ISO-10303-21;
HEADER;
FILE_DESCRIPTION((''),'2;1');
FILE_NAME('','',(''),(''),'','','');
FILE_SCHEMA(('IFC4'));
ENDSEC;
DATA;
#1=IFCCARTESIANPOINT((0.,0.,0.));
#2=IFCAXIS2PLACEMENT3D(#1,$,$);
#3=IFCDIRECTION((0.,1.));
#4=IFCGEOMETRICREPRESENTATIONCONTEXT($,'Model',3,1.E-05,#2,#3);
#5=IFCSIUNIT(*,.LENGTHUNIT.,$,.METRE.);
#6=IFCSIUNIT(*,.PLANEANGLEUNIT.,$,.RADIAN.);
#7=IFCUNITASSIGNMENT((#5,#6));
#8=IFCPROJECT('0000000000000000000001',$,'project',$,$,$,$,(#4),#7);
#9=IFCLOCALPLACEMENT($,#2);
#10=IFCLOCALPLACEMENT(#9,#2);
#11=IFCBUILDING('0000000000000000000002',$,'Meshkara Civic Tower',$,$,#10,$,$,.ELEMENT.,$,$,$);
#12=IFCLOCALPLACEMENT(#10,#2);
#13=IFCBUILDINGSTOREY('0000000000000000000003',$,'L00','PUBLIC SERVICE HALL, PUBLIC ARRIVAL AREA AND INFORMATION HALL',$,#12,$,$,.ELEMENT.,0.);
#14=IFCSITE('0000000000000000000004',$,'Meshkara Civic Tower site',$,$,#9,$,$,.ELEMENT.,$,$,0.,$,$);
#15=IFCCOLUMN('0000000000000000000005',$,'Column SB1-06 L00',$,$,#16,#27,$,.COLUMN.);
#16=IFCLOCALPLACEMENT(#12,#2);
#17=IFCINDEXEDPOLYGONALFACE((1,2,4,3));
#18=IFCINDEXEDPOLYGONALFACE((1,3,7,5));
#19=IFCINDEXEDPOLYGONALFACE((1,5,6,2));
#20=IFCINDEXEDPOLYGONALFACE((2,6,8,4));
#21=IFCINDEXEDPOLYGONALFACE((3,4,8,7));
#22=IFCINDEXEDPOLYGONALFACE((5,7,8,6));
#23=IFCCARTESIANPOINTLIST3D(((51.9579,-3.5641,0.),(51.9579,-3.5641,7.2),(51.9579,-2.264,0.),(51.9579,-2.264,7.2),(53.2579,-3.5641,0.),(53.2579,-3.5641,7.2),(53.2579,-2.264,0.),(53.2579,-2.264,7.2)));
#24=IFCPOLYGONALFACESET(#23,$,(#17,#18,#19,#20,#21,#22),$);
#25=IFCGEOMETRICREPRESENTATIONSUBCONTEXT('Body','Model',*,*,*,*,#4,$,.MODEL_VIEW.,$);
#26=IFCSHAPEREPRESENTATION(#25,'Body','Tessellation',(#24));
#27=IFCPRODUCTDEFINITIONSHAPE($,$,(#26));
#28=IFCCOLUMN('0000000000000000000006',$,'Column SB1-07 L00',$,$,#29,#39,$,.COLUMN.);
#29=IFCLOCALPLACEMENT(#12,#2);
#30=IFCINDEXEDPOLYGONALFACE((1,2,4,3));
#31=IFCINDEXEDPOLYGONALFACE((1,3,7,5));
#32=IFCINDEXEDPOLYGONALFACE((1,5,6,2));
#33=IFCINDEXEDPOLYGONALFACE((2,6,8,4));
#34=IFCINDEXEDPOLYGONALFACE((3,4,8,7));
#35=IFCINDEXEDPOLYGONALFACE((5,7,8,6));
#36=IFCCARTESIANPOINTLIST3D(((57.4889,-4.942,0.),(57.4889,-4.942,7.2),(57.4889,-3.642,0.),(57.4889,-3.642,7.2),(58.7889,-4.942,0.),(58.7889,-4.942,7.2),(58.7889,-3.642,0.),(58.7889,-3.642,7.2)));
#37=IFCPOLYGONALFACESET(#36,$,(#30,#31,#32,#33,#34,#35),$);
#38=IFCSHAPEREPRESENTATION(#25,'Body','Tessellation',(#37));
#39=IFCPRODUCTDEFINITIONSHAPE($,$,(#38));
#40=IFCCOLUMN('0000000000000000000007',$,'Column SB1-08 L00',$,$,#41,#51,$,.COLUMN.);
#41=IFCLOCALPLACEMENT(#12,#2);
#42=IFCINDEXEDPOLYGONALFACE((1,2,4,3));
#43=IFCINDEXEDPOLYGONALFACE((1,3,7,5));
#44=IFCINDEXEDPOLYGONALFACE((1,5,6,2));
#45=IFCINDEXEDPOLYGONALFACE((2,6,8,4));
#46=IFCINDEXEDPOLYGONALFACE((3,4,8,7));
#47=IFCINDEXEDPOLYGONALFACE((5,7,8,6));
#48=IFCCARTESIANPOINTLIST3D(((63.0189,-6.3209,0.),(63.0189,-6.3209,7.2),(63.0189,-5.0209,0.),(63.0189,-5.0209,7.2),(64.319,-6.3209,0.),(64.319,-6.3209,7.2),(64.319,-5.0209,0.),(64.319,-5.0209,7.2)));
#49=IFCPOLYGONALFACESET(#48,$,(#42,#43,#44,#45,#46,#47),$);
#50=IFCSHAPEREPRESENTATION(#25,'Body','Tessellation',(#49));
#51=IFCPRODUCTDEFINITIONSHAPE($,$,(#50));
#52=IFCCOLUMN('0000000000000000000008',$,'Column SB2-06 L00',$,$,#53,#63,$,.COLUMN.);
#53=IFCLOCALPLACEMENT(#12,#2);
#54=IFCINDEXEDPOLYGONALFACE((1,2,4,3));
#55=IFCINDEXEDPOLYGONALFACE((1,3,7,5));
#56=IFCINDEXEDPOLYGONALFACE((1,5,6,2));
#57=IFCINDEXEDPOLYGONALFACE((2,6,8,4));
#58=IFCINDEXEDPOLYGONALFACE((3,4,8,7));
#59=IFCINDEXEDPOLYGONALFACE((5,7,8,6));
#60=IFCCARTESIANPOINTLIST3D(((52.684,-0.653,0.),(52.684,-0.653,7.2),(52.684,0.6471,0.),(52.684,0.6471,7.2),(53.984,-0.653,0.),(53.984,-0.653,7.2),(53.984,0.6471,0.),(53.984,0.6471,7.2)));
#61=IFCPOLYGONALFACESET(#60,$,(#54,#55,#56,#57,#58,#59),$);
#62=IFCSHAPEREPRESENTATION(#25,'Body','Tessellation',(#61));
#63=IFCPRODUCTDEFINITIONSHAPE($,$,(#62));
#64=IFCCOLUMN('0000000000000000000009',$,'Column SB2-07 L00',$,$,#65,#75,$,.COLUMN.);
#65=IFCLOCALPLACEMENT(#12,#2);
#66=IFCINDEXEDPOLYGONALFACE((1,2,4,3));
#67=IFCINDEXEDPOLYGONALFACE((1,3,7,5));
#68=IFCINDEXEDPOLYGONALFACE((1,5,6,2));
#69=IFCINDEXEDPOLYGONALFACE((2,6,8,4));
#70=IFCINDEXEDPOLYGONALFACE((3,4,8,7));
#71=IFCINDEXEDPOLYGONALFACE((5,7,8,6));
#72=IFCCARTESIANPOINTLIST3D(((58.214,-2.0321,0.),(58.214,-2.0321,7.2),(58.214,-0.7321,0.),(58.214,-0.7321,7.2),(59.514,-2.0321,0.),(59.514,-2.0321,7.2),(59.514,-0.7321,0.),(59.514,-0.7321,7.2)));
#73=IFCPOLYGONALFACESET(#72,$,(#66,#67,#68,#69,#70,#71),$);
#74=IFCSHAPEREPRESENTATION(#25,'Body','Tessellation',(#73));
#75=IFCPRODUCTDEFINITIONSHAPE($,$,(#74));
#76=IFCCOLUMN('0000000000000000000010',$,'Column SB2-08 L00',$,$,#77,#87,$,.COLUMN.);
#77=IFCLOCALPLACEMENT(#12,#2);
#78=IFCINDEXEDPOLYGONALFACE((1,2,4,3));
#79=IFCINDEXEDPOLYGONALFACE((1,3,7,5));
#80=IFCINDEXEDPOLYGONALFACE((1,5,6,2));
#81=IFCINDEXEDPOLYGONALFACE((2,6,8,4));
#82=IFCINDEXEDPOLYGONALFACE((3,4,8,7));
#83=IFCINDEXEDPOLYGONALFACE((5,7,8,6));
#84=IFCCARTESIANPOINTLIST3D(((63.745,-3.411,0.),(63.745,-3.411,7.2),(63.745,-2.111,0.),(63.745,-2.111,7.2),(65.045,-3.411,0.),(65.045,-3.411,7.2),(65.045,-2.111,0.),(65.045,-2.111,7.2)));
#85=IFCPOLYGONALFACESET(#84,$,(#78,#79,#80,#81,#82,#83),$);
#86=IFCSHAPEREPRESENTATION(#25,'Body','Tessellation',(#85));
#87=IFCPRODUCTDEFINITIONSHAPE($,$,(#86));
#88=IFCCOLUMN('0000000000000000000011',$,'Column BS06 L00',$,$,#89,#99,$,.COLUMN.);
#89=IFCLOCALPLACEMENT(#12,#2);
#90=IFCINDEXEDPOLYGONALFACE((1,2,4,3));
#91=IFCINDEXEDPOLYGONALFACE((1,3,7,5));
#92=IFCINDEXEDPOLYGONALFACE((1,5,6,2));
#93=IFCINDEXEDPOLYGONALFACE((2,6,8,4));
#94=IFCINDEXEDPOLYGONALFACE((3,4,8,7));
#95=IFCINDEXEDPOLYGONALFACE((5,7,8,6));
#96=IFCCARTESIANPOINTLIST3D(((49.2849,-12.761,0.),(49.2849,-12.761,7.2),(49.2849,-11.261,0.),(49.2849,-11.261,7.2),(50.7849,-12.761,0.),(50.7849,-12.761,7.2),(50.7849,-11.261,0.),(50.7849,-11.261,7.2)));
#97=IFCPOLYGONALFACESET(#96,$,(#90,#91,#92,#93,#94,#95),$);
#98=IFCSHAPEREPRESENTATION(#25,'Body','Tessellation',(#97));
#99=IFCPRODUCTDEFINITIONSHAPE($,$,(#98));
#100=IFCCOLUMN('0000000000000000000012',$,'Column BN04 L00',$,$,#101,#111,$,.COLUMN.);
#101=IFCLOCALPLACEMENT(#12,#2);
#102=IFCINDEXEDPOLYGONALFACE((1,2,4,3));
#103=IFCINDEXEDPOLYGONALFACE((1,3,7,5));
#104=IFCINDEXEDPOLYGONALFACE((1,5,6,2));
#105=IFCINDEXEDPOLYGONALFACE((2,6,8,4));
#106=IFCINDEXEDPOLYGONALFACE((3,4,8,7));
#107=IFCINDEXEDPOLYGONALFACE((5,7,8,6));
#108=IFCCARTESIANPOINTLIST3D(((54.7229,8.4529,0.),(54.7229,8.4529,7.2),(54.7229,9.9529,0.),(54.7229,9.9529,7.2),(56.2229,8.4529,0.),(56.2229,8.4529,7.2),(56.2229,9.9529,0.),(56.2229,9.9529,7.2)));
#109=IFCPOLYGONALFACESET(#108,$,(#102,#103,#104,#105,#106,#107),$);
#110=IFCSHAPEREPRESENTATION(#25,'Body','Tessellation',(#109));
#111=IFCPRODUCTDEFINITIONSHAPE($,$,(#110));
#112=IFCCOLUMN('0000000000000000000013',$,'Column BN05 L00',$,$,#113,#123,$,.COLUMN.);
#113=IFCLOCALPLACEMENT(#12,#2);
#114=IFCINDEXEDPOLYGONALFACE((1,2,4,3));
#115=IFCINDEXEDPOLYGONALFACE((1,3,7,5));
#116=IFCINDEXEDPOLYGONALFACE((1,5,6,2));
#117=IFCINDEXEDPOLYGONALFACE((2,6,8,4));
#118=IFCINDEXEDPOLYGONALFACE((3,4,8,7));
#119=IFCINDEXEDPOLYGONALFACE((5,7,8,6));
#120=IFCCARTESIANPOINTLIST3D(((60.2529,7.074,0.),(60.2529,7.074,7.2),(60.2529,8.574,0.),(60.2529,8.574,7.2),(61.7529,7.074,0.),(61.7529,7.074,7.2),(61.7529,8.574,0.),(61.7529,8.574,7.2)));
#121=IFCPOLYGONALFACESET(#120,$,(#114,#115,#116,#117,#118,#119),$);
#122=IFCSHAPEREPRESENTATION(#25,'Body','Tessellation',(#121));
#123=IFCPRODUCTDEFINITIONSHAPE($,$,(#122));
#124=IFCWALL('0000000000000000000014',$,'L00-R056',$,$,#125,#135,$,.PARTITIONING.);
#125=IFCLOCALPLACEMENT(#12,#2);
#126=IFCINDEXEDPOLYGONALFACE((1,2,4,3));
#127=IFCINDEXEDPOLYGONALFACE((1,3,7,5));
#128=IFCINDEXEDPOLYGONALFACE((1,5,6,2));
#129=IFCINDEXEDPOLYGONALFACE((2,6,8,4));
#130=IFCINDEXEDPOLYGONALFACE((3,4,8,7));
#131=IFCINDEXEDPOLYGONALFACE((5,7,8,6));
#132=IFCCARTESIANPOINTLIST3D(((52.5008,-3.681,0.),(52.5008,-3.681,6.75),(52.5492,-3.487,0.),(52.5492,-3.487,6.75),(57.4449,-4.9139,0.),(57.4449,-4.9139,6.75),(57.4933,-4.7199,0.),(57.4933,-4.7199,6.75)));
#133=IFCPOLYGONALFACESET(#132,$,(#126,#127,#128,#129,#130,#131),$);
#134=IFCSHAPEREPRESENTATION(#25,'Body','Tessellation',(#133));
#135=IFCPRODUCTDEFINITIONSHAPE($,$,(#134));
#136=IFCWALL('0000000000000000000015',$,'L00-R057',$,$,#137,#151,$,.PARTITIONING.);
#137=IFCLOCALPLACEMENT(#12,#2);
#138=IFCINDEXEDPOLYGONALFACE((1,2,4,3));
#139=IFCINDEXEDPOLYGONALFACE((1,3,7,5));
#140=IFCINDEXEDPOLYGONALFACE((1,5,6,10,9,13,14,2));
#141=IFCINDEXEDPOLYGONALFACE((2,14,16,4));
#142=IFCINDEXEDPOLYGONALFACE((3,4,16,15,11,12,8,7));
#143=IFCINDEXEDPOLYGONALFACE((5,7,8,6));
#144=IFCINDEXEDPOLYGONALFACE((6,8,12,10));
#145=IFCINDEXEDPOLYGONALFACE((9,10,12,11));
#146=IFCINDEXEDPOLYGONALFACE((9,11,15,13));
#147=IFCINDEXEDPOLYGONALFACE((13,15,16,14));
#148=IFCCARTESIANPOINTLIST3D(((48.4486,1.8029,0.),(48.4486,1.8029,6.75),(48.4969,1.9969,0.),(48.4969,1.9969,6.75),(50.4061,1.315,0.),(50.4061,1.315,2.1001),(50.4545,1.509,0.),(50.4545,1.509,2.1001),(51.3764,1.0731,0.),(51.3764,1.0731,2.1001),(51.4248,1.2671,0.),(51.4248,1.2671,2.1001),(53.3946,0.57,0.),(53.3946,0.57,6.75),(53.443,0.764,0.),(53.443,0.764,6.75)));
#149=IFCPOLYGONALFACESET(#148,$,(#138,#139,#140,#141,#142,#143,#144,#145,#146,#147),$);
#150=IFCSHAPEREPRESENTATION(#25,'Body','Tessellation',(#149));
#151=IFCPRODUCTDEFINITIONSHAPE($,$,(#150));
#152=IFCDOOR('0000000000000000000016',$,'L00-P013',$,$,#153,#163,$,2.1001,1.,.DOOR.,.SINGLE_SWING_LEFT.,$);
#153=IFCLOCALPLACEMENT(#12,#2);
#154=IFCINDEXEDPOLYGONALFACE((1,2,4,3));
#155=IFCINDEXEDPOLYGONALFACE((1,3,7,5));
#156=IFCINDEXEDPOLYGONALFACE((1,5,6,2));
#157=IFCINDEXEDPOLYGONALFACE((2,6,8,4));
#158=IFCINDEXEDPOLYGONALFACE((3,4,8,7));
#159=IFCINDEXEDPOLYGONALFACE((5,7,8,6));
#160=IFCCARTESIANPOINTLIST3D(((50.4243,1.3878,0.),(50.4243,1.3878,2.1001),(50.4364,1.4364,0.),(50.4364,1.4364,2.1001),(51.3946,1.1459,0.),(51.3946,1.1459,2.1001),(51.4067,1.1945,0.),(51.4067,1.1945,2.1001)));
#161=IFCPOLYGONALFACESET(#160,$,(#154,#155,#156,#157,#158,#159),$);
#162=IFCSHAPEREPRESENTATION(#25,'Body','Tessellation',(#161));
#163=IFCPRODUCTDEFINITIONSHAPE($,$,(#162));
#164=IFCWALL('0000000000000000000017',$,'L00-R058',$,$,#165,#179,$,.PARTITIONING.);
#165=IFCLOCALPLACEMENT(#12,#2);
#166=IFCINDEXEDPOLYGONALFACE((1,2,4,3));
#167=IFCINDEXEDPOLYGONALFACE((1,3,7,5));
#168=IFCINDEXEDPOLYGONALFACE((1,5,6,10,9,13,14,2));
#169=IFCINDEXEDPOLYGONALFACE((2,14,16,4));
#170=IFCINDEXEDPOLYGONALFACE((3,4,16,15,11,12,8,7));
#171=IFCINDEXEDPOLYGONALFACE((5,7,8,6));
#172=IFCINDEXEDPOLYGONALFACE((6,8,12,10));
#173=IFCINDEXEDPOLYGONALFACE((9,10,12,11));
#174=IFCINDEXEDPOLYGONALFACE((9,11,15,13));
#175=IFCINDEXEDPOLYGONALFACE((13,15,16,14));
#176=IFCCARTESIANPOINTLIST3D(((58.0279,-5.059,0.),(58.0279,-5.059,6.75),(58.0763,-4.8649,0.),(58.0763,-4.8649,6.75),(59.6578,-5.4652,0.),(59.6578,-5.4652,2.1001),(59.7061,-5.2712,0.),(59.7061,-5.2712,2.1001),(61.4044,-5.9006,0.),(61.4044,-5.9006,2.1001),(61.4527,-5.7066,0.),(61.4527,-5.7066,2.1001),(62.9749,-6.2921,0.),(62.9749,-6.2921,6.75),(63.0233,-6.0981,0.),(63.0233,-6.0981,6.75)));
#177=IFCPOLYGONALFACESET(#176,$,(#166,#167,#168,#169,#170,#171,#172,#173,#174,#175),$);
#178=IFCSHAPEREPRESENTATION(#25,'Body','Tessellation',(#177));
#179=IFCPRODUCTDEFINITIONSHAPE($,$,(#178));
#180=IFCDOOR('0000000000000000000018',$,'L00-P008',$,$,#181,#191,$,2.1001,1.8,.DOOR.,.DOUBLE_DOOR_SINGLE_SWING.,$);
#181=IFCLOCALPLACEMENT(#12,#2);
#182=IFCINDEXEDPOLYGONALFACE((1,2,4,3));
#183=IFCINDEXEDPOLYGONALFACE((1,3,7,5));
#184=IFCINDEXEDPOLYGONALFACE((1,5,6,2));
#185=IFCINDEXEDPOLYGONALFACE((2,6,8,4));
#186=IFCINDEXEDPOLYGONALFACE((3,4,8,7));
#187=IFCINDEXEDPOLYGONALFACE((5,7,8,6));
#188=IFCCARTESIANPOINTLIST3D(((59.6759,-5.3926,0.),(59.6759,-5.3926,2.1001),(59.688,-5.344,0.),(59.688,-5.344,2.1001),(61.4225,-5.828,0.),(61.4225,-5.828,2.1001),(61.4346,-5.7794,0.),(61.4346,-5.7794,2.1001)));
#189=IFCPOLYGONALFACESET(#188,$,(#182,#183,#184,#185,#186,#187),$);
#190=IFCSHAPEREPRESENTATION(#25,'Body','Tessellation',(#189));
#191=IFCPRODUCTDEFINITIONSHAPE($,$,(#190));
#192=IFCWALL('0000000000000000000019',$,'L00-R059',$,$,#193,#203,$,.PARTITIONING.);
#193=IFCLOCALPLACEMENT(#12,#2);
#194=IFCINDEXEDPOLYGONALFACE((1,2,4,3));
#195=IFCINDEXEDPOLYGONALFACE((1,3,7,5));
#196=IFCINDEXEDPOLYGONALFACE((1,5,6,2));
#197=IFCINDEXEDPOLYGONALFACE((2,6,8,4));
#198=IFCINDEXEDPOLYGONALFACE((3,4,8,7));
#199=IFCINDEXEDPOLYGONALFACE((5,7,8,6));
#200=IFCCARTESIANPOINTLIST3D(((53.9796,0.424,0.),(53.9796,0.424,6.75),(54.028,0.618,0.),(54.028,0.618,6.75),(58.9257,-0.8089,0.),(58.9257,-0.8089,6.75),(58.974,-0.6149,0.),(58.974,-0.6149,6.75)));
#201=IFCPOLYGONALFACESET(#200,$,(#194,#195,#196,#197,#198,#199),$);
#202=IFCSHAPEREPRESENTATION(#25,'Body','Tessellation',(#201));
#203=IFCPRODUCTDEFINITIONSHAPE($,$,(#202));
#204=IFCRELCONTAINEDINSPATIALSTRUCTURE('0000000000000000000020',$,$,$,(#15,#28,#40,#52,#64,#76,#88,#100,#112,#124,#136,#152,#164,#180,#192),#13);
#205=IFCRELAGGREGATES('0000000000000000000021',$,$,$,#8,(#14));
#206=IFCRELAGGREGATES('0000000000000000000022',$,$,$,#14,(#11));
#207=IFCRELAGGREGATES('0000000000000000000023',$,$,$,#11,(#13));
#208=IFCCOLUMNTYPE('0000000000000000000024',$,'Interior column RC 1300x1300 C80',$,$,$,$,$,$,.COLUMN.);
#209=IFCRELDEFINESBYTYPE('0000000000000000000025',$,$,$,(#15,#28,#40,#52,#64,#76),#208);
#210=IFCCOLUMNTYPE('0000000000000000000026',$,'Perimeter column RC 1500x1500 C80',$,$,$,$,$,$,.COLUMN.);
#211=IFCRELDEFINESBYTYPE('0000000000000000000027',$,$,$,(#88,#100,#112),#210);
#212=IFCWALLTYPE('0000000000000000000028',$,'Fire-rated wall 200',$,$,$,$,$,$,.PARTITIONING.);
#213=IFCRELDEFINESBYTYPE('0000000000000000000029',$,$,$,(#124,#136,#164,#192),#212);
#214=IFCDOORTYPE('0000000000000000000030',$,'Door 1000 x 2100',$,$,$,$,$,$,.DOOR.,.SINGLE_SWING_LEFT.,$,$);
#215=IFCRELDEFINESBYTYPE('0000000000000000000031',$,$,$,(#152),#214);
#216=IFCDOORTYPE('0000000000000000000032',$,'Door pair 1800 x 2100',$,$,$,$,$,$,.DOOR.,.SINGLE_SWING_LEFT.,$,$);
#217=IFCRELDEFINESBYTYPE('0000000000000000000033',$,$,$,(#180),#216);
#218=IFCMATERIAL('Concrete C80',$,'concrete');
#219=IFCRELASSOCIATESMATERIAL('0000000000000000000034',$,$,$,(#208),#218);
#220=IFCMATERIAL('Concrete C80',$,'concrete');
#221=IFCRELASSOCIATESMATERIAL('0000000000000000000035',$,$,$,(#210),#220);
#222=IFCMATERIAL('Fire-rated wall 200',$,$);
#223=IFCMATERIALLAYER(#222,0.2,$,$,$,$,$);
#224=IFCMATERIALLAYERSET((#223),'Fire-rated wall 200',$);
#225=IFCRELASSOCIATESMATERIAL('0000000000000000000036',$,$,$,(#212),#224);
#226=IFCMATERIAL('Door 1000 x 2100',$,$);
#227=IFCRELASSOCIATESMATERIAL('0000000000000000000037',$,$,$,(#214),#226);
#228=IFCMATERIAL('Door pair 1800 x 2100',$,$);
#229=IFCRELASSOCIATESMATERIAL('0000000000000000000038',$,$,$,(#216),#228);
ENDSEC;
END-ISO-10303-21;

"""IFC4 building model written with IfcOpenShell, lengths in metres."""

from ifc_helpers import new_model, si_unit, direction, frame, frame_2d, origin, origin_2d, place, context, subcontext, project, spatial, rectangle, extrude, material, layer, layer_set, material_profile, profile_set, type_object, element, fill, save


model = new_model("IFC4")

# Units and contexts
model_context = context("Model", 3, precision=1e-05, world=origin(), true_north=direction((0.0, 1.0)))
body_context = subcontext(model_context, "Body", "Model", "MODEL_VIEW")
ifc_project = project(units=[si_unit("LENGTHUNIT", "METRE"), si_unit("PLANEANGLEUNIT", "RADIAN")], contexts=[model_context])

# Site, building, storey
site_placement = place(None, origin())
site = spatial("IfcSite", under=ifc_project, at=site_placement, Name="Meshkara Civic Tower site", CompositionType="ELEMENT", RefElevation=0.0)
building_placement = place(site_placement, origin())
building = spatial("IfcBuilding", under=site, at=building_placement, Name="Meshkara Civic Tower", CompositionType="ELEMENT")
storey_placement = place(building_placement, origin())
storey = spatial("IfcBuildingStorey", under=building, at=storey_placement, Name="L00", Description="PUBLIC SERVICE HALL, PUBLIC ARRIVAL AREA AND INFORMATION HALL", CompositionType="ELEMENT", Elevation=0.0)

# Columns
ifc_material_1 = material(Name="Concrete C80", Category="concrete")
ifc_material_profile_1 = material_profile(ifc_material_1, rectangle(XDim=1.3, YDim=1.3, at=origin_2d()))
ifc_profile_set_1 = profile_set([ifc_material_profile_1], Name="Concrete C80")
column_type_1 = type_object("IfcColumnType", Name="Interior column RC 1300x1300 C80", PredefinedType="COLUMN", material=ifc_profile_set_1)
for number, where, z_axis, x_axis, name in (
    (1, (52.6079, -2.9141, 0.0), (0.0, 0.0, 1.0), (1.0, 0.0, 0.0), "Column SB1-06 L00"),
    (2, (58.1389, -4.292, 0.0), (0.0, 0.0, 1.0), (1.0, 0.0, 0.0), "Column SB1-07 L00"),
    (3, (63.6689, -5.6709, 0.0), (0.0, 0.0, 1.0), (1.0, 0.0, 0.0), "Column SB1-08 L00"),
    (4, (53.334, -0.0029, 0.0), (0.0, 0.0, 1.0), (1.0, 0.0, 0.0), "Column SB2-06 L00"),
    (5, (58.864, -1.3821, 0.0), (0.0, 0.0, 1.0), (1.0, 0.0, 0.0), "Column SB2-07 L00"),
    (6, (64.395, -2.761, 0.0), (0.0, 0.0, 1.0), (1.0, 0.0, 0.0), "Column SB2-08 L00"),
):
    element("IfcColumn", number, at=place(storey_placement, frame(where, z_axis=z_axis, x_axis=x_axis)), inside=storey, type_object=column_type_1, Name=name, PredefinedType="COLUMN", context=body_context, shape_type="SweptSolid", body=[
        extrude(rectangle(XDim=1.3, YDim=1.3, at=origin_2d()), origin(), (0.0, 0.0, 1.0), 7.2),
    ])
ifc_material_2 = material(Name="Concrete C80", Category="concrete")
ifc_material_profile_2 = material_profile(ifc_material_2, rectangle(XDim=1.5, YDim=1.5, at=origin_2d()))
ifc_profile_set_2 = profile_set([ifc_material_profile_2], Name="Concrete C80")
column_type_2 = type_object("IfcColumnType", Name="Perimeter column RC 1500x1500 C80", PredefinedType="COLUMN", material=ifc_profile_set_2)
for number, where, z_axis, x_axis, name in (
    (7, (50.0349, -12.011, 0.0), (0.0, 0.0, 1.0), (1.0, 0.0, 0.0), "Column BS06 L00"),
    (8, (55.4729, 9.2029, 0.0), (0.0, 0.0, 1.0), (1.0, 0.0, 0.0), "Column BN04 L00"),
    (9, (61.0029, 7.824, 0.0), (0.0, 0.0, 1.0), (1.0, 0.0, 0.0), "Column BN05 L00"),
):
    element("IfcColumn", number, at=place(storey_placement, frame(where, z_axis=z_axis, x_axis=x_axis)), inside=storey, type_object=column_type_2, Name=name, PredefinedType="COLUMN", context=body_context, shape_type="SweptSolid", body=[
        extrude(rectangle(XDim=1.5, YDim=1.5, at=origin_2d()), origin(), (0.0, 0.0, 1.0), 7.2),
    ])

# Wall
ifc_material_3 = material(Name="Fire-rated wall 200")
ifc_layer_1 = layer(ifc_material_3, 0.2)
ifc_layer_set_1 = layer_set([ifc_layer_1], Name="Fire-rated wall 200")
wall_type_1 = type_object("IfcWallType", Name="Fire-rated wall 200", PredefinedType="PARTITIONING", material=ifc_layer_set_1)
wall_1_placement = place(storey_placement, frame((52.5249, -3.584, 0.0), z_axis=(0.0, 0.0, 1.0), x_axis=(0.970286, -0.241961, 0.0)))
element("IfcWall", 10, at=wall_1_placement, inside=storey, type_object=wall_type_1, Name="L00-R056", PredefinedType="PARTITIONING", context=body_context, shape_type="SweptSolid", body=[
    extrude(rectangle(XDim=5.0955, YDim=0.2, at=frame_2d((2.5479, 0.0))), origin(), (0.0, 0.0, 1.0), 6.75),
])

# Walls, openings, doors
wall_2_placement = place(storey_placement, frame((53.4189, 0.667, 0.0), z_axis=(0.0, 0.0, 1.0), x_axis=(-0.970308, 0.241871, 0.0)))
wall_2 = element("IfcWall", 11, at=wall_2_placement, inside=storey, type_object=wall_type_1, Name="L00-R057", PredefinedType="PARTITIONING", context=body_context, shape_type="SweptSolid", body=[
    extrude(rectangle(XDim=5.0974, YDim=0.2, at=frame_2d((2.5488, 0.0))), origin(), (0.0, 0.0, 1.0), 6.75),
])
opening_1_placement = place(wall_2_placement, frame((2.0801, 0.0, 0.0)))
opening_1 = element("IfcOpeningElement", 12, at=opening_1_placement, cuts=wall_2, PredefinedType="OPENING", context=body_context, shape_type="SweptSolid", body=[
    extrude(rectangle(XDim=1.0, YDim=2.1001, at=frame_2d((0.5, 1.05))), frame((0.0, 0.1099, 0.0), z_axis=(0.0, -1.0, 0.0), x_axis=(1.0, 0.0, 0.0)), (0.0, 0.0, 1.0), 0.22),
])
ifc_material_4 = material(Name="Door 1000 x 2100")
door_type_1 = type_object("IfcDoorType", Name="Door 1000 x 2100", OperationType="SINGLE_SWING_LEFT", PredefinedType="DOOR", material=ifc_material_4)
door_1_placement = place(opening_1_placement, origin())
door_1 = element("IfcDoor", 13, at=door_1_placement, inside=storey, type_object=door_type_1, Name="L00-P013", OperationType="SINGLE_SWING_LEFT", OverallHeight=2.1001, OverallWidth=1.0, PredefinedType="DOOR", context=body_context, shape_type="SweptSolid", body=[
    extrude(rectangle(XDim=1.0, YDim=2.1001, at=frame_2d((0.5, 1.05))), frame((0.0, 0.0249, 0.0), z_axis=(0.0, -1.0, 0.0), x_axis=(1.0, 0.0, 0.0)), (0.0, 0.0, 1.0), 0.05),
])
fill(opening_1, door_1)
wall_3_placement = place(storey_placement, frame((58.052, -4.9619, 0.0), z_axis=(0.0, 0.0, 1.0), x_axis=(0.970308, -0.241871, 0.0)))
wall_3 = element("IfcWall", 14, at=wall_3_placement, inside=storey, type_object=wall_type_1, Name="L00-R058", PredefinedType="PARTITIONING", context=body_context, shape_type="SweptSolid", body=[
    extrude(rectangle(XDim=5.0984, YDim=0.2, at=frame_2d((2.5493, 0.0))), origin(), (0.0, 0.0, 1.0), 6.75),
])
opening_2_placement = place(wall_3_placement, frame((1.6799, 0.0, 0.0)))
opening_2 = element("IfcOpeningElement", 15, at=opening_2_placement, cuts=wall_3, PredefinedType="OPENING", context=body_context, shape_type="SweptSolid", body=[
    extrude(rectangle(XDim=1.8, YDim=2.1001, at=frame_2d((0.8999, 1.05))), frame((0.0, 0.1099, 0.0), z_axis=(0.0, -1.0, 0.0), x_axis=(1.0, 0.0, 0.0)), (0.0, 0.0, 1.0), 0.22),
])
ifc_material_5 = material(Name="Door pair 1800 x 2100")
door_type_2 = type_object("IfcDoorType", Name="Door pair 1800 x 2100", OperationType="SINGLE_SWING_LEFT", PredefinedType="DOOR", material=ifc_material_5)
door_2_placement = place(opening_2_placement, origin())
door_2 = element("IfcDoor", 16, at=door_2_placement, inside=storey, type_object=door_type_2, Name="L00-P008", OperationType="DOUBLE_DOOR_SINGLE_SWING", OverallHeight=2.1001, OverallWidth=1.8, PredefinedType="DOOR", context=body_context, shape_type="SweptSolid", body=[
    extrude(rectangle(XDim=1.8, YDim=2.1001, at=frame_2d((0.8999, 1.05))), frame((0.0, 0.0249, 0.0), z_axis=(0.0, -1.0, 0.0), x_axis=(1.0, 0.0, 0.0)), (0.0, 0.0, 1.0), 0.05),
])
fill(opening_2, door_2)

# Wall
wall_4_placement = place(storey_placement, frame((58.95, -0.7119, 0.0), z_axis=(0.0, 0.0, 1.0), x_axis=(-0.970308, 0.241871, 0.0)))
element("IfcWall", 17, at=wall_4_placement, inside=storey, type_object=wall_type_1, Name="L00-R059", PredefinedType="PARTITIONING", context=body_context, shape_type="SweptSolid", body=[
    extrude(rectangle(XDim=5.0974, YDim=0.2, at=frame_2d((2.5488, 0.0))), origin(), (0.0, 0.0, 1.0), 6.75),
])

save(model, "model.ifc")
